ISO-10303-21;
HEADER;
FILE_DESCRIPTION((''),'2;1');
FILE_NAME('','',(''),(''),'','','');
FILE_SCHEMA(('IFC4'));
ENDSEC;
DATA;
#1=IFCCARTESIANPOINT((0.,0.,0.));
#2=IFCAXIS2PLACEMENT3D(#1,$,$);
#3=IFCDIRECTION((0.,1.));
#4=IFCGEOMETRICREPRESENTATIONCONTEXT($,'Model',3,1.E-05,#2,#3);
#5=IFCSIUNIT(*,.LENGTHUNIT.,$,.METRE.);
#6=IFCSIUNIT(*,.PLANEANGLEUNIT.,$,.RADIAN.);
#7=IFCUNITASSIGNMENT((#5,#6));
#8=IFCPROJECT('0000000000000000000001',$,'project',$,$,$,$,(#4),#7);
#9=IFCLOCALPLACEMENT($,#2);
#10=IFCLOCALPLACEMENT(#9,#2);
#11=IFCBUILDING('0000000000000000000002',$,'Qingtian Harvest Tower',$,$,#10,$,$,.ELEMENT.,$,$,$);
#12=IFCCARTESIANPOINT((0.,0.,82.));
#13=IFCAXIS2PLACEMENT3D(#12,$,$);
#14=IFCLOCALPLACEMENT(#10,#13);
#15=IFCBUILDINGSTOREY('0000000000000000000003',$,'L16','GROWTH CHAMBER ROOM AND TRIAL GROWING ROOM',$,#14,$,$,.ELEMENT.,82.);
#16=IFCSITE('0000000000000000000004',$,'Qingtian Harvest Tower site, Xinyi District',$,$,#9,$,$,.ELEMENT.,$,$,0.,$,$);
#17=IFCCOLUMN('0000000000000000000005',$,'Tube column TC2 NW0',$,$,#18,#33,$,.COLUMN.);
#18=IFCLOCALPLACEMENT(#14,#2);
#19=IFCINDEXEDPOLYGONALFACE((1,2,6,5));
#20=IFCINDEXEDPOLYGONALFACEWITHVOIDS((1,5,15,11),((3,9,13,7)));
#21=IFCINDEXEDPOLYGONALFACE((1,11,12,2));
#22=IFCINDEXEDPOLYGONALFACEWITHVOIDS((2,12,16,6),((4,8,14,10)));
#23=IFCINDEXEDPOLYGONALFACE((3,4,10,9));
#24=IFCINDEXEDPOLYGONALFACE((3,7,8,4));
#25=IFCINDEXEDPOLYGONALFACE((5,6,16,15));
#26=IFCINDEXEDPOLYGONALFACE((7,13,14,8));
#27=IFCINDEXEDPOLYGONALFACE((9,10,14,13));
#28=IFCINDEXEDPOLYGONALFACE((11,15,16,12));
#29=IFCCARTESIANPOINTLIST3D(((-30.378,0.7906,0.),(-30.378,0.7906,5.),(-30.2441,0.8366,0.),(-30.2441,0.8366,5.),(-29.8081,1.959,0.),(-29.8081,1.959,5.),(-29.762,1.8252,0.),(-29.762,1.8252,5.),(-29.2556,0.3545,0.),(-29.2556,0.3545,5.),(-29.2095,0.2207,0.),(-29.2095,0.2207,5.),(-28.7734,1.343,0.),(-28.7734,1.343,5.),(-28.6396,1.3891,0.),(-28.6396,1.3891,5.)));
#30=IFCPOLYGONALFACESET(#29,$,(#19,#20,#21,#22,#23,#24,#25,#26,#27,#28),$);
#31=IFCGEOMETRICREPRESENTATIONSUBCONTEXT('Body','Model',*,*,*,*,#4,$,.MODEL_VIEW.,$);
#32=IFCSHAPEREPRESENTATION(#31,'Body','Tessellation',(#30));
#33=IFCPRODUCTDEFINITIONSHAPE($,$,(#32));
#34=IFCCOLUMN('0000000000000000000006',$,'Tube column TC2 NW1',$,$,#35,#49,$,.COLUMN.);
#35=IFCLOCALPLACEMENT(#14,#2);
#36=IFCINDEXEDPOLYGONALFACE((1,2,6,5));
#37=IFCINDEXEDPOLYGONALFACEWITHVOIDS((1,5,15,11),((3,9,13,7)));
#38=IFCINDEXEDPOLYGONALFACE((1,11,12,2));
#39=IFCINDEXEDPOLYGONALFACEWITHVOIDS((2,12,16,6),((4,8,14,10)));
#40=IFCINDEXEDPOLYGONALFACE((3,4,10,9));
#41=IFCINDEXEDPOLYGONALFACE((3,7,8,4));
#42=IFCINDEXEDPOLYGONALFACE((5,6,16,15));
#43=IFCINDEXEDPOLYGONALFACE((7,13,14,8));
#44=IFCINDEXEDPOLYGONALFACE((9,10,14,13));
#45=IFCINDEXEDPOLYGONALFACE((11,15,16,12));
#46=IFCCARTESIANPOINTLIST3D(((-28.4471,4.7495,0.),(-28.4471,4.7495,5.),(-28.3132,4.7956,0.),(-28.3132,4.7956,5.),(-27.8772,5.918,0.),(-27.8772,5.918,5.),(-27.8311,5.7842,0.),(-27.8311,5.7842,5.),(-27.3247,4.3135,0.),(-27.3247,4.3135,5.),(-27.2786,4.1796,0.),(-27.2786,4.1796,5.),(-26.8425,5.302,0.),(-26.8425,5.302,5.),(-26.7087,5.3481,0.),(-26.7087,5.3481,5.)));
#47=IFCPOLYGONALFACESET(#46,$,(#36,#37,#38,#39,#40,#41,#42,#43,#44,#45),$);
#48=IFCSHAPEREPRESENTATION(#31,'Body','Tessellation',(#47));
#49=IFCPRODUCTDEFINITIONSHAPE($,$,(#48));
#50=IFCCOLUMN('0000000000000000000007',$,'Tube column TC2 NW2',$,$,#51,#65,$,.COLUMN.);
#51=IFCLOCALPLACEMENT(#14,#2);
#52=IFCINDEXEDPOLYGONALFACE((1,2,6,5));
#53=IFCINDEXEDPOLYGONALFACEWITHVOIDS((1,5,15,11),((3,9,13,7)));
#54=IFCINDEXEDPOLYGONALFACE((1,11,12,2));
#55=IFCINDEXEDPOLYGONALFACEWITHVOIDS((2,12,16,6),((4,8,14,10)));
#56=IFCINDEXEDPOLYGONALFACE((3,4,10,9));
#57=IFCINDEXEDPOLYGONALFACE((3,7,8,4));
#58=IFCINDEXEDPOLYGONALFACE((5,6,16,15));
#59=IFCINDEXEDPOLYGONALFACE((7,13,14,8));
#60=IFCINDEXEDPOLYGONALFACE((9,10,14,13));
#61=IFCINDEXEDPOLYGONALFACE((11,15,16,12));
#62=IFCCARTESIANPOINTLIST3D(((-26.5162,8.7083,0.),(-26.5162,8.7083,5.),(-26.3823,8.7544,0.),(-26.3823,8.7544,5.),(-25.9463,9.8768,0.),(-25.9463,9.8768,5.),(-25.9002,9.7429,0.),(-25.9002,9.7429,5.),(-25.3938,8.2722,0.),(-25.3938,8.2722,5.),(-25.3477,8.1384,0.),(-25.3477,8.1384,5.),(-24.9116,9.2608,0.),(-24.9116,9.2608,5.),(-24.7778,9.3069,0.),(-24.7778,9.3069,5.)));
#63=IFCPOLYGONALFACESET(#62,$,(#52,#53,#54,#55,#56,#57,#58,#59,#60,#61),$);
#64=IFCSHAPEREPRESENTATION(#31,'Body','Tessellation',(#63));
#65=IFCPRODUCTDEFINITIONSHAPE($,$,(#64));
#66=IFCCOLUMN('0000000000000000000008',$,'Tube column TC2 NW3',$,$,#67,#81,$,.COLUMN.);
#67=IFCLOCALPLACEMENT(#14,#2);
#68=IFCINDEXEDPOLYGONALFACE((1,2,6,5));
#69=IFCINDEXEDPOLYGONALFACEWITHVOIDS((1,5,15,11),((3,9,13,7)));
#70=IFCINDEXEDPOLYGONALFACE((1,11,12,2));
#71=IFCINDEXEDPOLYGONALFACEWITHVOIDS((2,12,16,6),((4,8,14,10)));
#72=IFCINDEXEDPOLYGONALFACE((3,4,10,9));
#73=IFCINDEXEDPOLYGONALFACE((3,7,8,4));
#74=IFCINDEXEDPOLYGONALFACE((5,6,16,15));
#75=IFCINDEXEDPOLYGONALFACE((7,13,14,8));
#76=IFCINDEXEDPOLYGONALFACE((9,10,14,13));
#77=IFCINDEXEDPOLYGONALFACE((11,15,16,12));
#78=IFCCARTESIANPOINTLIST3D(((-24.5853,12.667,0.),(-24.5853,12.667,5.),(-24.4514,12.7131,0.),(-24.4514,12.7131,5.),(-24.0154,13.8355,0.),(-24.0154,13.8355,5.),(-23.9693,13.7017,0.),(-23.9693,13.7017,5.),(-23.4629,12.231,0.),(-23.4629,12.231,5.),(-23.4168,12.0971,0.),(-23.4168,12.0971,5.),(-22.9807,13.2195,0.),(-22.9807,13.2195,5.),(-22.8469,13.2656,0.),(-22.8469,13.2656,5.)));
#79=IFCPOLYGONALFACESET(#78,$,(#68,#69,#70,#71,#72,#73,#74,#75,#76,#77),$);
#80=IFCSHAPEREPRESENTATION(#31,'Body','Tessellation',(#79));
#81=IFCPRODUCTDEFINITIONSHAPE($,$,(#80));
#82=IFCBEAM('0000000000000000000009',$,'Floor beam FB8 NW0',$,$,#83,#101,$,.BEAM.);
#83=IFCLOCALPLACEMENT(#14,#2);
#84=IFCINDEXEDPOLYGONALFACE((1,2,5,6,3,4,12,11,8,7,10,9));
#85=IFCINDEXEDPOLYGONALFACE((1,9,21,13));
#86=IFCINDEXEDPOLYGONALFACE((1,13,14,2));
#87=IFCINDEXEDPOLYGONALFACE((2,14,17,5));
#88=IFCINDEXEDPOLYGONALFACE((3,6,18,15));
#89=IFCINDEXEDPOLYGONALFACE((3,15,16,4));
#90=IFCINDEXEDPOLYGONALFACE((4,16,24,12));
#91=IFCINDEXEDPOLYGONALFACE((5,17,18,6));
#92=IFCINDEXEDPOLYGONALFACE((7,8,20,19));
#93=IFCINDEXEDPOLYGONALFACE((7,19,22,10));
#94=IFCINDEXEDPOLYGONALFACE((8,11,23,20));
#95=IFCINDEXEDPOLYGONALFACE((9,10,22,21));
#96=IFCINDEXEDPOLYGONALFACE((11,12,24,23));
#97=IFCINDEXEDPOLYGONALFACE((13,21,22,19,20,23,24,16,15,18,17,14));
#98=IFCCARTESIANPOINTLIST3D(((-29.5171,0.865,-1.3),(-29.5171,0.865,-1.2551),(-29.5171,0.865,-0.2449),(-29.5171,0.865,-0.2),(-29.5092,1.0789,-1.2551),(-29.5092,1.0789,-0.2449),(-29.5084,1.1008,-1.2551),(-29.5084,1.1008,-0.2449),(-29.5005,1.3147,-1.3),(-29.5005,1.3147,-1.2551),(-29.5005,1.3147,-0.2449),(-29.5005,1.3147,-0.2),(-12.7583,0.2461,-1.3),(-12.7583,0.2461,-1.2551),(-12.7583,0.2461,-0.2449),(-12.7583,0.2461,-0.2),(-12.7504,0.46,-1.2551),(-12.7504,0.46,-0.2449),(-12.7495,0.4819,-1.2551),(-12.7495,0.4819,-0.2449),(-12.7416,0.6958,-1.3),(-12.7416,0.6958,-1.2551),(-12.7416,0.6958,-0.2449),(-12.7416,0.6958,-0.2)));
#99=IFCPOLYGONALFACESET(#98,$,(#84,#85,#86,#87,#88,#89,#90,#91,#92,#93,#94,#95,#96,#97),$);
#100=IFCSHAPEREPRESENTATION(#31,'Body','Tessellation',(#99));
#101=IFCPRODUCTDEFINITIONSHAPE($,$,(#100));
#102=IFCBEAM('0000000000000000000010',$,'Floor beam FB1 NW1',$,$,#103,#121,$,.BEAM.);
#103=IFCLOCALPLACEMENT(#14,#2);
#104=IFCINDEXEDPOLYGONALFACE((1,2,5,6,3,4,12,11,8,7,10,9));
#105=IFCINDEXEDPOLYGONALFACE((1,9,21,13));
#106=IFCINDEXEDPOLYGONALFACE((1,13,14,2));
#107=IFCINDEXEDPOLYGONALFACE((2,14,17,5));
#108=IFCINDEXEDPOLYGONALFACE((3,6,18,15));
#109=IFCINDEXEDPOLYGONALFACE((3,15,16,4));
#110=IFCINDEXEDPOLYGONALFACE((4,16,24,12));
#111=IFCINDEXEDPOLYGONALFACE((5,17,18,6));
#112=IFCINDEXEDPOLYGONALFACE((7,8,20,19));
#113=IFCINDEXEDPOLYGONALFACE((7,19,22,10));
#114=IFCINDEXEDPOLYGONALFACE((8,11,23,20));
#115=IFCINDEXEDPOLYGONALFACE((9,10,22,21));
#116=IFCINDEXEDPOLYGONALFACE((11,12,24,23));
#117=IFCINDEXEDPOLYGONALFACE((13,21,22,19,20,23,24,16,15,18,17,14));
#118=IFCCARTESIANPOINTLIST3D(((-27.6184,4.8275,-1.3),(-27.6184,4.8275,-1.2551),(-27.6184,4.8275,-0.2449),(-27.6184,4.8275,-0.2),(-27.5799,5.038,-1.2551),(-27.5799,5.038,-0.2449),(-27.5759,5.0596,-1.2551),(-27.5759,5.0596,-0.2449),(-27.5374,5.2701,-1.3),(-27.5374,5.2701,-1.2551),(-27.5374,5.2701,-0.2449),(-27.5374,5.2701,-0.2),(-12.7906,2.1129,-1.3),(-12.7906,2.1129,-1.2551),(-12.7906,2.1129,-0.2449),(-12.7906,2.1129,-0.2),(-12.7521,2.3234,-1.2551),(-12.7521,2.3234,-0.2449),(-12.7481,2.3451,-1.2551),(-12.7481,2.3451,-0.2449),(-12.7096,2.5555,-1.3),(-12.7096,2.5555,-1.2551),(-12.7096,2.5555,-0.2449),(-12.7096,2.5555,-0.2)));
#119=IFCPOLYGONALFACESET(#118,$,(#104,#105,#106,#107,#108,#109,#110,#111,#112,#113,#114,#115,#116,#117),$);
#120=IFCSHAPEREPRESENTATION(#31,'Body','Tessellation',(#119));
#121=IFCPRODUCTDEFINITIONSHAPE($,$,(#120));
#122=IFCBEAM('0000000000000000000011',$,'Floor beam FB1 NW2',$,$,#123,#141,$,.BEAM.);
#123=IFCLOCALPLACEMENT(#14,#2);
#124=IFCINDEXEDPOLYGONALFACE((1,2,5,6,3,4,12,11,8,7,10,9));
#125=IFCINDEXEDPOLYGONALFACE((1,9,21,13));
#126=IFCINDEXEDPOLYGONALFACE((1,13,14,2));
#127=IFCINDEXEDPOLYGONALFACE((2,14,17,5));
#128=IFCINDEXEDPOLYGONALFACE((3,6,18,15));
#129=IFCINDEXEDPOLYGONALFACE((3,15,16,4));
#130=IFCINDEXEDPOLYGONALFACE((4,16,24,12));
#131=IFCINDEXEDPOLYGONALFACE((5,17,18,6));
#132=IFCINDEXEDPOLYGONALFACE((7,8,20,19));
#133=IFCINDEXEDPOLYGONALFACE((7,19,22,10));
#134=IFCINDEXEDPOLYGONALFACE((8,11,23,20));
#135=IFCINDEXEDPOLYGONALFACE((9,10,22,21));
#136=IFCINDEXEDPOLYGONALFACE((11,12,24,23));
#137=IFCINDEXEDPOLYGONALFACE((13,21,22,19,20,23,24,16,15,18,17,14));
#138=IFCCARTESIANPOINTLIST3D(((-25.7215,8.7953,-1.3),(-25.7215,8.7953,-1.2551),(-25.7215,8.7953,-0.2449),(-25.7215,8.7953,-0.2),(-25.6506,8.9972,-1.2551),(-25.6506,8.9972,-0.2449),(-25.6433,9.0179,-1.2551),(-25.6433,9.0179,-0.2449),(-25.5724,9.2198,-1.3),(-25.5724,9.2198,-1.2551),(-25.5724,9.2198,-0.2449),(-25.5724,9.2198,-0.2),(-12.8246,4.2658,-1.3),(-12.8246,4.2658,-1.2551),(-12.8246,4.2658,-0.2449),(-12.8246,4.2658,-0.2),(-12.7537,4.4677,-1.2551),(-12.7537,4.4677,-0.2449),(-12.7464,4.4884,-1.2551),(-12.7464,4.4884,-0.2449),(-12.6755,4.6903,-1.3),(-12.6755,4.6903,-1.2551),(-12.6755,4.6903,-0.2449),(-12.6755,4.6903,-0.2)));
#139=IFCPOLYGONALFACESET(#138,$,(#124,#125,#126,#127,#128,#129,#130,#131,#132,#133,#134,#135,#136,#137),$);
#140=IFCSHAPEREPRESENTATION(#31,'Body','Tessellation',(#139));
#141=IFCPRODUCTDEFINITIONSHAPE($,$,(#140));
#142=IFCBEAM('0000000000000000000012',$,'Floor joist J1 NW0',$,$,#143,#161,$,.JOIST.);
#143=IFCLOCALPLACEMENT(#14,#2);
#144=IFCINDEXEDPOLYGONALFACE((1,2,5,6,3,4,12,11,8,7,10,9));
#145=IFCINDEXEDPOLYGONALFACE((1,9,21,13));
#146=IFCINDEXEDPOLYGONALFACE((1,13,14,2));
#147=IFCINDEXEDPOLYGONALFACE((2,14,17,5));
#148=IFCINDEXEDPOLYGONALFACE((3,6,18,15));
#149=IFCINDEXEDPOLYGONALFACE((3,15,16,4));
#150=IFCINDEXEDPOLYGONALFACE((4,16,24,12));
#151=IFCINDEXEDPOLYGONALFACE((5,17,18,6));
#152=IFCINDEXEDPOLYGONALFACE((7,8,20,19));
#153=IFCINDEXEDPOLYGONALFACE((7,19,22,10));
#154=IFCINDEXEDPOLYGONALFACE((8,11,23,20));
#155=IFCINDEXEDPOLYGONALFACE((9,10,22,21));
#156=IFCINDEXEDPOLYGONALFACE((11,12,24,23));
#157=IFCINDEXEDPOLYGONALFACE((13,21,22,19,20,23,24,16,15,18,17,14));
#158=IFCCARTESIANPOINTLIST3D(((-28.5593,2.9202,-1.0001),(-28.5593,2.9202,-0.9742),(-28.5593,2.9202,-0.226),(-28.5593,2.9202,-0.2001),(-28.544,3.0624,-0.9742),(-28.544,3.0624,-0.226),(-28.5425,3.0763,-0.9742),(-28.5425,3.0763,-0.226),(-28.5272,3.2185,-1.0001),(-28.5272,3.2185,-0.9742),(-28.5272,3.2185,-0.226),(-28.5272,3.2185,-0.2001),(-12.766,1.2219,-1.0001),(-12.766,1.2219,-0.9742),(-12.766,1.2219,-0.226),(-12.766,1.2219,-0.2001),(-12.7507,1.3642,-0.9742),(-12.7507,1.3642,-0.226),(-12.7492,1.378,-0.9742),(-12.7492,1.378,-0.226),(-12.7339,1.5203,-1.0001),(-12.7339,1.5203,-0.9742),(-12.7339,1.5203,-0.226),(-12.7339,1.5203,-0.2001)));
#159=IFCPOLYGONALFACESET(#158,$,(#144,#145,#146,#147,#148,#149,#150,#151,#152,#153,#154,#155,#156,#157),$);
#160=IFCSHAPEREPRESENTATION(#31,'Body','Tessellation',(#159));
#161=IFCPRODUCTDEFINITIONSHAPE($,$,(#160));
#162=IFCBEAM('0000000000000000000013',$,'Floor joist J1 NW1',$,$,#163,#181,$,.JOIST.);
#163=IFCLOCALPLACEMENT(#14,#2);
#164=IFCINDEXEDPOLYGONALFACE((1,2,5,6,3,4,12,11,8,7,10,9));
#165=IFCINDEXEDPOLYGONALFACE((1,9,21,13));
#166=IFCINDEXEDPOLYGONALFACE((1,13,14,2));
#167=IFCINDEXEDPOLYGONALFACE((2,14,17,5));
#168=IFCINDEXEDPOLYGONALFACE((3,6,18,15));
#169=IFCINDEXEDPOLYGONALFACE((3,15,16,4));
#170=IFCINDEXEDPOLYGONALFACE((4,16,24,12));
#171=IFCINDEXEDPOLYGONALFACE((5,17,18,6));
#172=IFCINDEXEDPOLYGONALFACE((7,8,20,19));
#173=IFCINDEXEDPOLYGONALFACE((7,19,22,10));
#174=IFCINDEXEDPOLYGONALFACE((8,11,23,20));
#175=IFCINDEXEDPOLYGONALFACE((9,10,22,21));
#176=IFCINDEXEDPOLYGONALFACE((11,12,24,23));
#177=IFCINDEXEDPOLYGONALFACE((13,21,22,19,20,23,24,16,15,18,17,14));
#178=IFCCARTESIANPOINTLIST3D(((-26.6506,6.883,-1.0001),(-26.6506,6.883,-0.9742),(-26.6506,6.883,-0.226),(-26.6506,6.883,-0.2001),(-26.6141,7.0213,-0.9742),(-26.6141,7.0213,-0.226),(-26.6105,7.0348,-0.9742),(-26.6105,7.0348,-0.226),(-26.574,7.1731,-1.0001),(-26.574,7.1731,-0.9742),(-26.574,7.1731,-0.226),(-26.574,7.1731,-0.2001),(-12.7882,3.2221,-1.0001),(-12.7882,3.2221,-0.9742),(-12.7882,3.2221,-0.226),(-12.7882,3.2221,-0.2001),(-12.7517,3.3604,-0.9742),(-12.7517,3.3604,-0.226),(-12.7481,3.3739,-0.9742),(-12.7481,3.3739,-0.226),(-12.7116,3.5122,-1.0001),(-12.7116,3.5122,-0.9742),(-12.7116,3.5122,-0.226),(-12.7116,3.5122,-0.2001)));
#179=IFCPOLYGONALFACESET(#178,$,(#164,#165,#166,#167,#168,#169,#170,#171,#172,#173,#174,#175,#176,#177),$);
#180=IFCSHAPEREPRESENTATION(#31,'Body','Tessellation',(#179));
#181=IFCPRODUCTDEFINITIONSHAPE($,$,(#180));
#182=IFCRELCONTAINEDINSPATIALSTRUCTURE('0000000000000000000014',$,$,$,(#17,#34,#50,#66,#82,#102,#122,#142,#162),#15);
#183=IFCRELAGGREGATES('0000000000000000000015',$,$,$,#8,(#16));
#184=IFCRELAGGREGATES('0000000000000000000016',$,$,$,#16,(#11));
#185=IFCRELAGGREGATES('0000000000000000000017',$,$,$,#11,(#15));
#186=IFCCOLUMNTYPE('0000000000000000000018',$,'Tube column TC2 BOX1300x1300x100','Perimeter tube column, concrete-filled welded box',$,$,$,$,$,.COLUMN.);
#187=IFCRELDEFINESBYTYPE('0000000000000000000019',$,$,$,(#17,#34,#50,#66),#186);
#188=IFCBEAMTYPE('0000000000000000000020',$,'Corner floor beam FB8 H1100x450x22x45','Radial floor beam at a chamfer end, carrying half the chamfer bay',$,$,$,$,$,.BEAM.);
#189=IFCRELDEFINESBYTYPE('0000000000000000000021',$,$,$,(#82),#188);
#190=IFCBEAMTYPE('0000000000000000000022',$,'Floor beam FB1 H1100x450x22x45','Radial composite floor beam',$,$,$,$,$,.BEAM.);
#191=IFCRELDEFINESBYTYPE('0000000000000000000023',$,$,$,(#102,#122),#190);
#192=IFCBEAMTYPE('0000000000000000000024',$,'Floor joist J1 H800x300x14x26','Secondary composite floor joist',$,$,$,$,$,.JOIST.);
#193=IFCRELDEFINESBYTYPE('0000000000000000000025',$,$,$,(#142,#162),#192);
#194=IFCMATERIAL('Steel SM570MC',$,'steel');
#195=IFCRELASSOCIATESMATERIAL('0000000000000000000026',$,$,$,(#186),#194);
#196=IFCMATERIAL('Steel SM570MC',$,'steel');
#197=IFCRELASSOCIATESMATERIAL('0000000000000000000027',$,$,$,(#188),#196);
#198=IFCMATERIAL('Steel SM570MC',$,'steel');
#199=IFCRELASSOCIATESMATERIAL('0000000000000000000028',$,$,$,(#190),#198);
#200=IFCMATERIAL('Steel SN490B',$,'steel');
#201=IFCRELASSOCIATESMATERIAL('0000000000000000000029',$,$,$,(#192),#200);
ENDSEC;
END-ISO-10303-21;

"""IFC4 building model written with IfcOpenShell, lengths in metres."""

from ifc_helpers import new_model, si_unit, direction, frame, origin, origin_2d, place, context, subcontext, project, spatial, hollow_rectangle, i_section, extrude, material, material_profile, profile_set, type_object, element, save


model = new_model("IFC4")

# Units and contexts
model_context = context("Model", 3, precision=1e-05, world=origin(), true_north=direction((0.0, 1.0)))
body_context = subcontext(model_context, "Body", "Model", "MODEL_VIEW")
ifc_project = project(units=[si_unit("LENGTHUNIT", "METRE"), si_unit("PLANEANGLEUNIT", "RADIAN")], contexts=[model_context])

# Site, building, storey
site_placement = place(None, origin())
site = spatial("IfcSite", under=ifc_project, at=site_placement, Name="Qingtian Harvest Tower site, Xinyi District", CompositionType="ELEMENT", RefElevation=0.0)
building_placement = place(site_placement, origin())
building = spatial("IfcBuilding", under=site, at=building_placement, Name="Qingtian Harvest Tower", CompositionType="ELEMENT")
storey_placement = place(building_placement, frame((0.0, 0.0, 82.0)))
storey = spatial("IfcBuildingStorey", under=building, at=storey_placement, Name="L16", Description="GROWTH CHAMBER ROOM AND TRIAL GROWING ROOM", CompositionType="ELEMENT", Elevation=82.0)

# Columns
ifc_material_1 = material(Name="Steel SM570MC", Category="steel")
ifc_material_profile_1 = material_profile(ifc_material_1, hollow_rectangle(XDim=1.3, YDim=1.3, WallThickness=0.1001, at=origin_2d()), Name="BOX1300x1300x100")
ifc_profile_set_1 = profile_set([ifc_material_profile_1], Name="Steel SM570MC")
column_type = type_object("IfcColumnType", Name="Tube column TC2 BOX1300x1300x100", Description="Perimeter tube column, concrete-filled welded box", PredefinedType="COLUMN", material=ifc_profile_set_1)
for number, where, z_axis, x_axis, name in (
    (1, (-29.5088, 1.0898, 0.0), (0.0, 0.0, 1.0), (-0.438371, -0.898794, 0.0), "Tube column TC2 NW0"),
    (2, (-27.5779, 5.0488, 0.0), (0.0, 0.0, 1.0), (-0.438371, -0.898794, 0.0), "Tube column TC2 NW1"),
    (3, (-25.647, 9.0076, 0.0), (0.0, 0.0, 1.0), (-0.438371, -0.898794, 0.0), "Tube column TC2 NW2"),
    (4, (-23.7161, 12.9663, 0.0), (0.0, 0.0, 1.0), (-0.438371, -0.898794, 0.0), "Tube column TC2 NW3"),
):
    element("IfcColumn", number, at=place(storey_placement, frame(where, z_axis=z_axis, x_axis=x_axis)), inside=storey, type_object=column_type, Name=name, PredefinedType="COLUMN", context=body_context, shape_type="SweptSolid", body=[
        extrude(hollow_rectangle(XDim=1.3, YDim=1.3, WallThickness=0.1001, at=origin_2d()), origin(), (0.0, 0.0, 1.0), 5.0),
    ])

# Beams
ifc_material_2 = material(Name="Steel SM570MC", Category="steel")
ifc_material_profile_2 = material_profile(ifc_material_2, i_section(OverallWidth=0.45, OverallDepth=1.1001, WebThickness=0.022, FlangeThickness=0.0449, at=origin_2d()), Name="H1100x450x22x45")
ifc_profile_set_2 = profile_set([ifc_material_profile_2], Name="Steel SM570MC")
beam_type_1 = type_object("IfcBeamType", Name="Corner floor beam FB8 H1100x450x22x45", Description="Radial floor beam at a chamfer end, carrying half the chamfer bay", PredefinedType="BEAM", material=ifc_profile_set_2)
beam_1_placement = place(storey_placement, frame((-29.5088, 1.0898, -0.75), z_axis=(0.999319, -0.036905, 0.0), x_axis=(0.036905, 0.999319, 0.0)))
element("IfcBeam", 5, at=beam_1_placement, inside=storey, type_object=beam_type_1, Name="Floor beam FB8 NW0", PredefinedType="BEAM", context=body_context, shape_type="SweptSolid", body=[
    extrude(i_section(OverallWidth=0.45, OverallDepth=1.1001, WebThickness=0.022, FlangeThickness=0.0449, at=origin_2d()), origin(), (0.0, 0.0, 1.0), 16.7703),
])
ifc_material_3 = material(Name="Steel SM570MC", Category="steel")
ifc_material_profile_3 = material_profile(ifc_material_3, i_section(OverallWidth=0.45, OverallDepth=1.1001, WebThickness=0.022, FlangeThickness=0.0449, at=origin_2d()), Name="H1100x450x22x45")
ifc_profile_set_3 = profile_set([ifc_material_profile_3], Name="Steel SM570MC")
beam_type_2 = type_object("IfcBeamType", Name="Floor beam FB1 H1100x450x22x45", Description="Radial composite floor beam", PredefinedType="BEAM", material=ifc_profile_set_3)
beam_2_placement = place(storey_placement, frame((-27.5779, 5.0488, -0.75), z_axis=(0.983652, -0.180081, 0.0), x_axis=(0.180081, 0.983652, 0.0)))
element("IfcBeam", 6, at=beam_2_placement, inside=storey, type_object=beam_type_2, Name="Floor beam FB1 NW1", PredefinedType="BEAM", context=body_context, shape_type="SweptSolid", body=[
    extrude(i_section(OverallWidth=0.45, OverallDepth=1.1001, WebThickness=0.022, FlangeThickness=0.0449, at=origin_2d()), origin(), (0.0, 0.0, 1.0), 15.0742),
])
beam_3_placement = place(storey_placement, frame((-25.647, 9.0076, -0.75), z_axis=(0.943502, -0.331367, 0.0), x_axis=(0.331367, 0.943502, 0.0)))
element("IfcBeam", 7, at=beam_3_placement, inside=storey, type_object=beam_type_2, Name="Floor beam FB1 NW2", PredefinedType="BEAM", context=body_context, shape_type="SweptSolid", body=[
    extrude(i_section(OverallWidth=0.45, OverallDepth=1.1001, WebThickness=0.022, FlangeThickness=0.0449, at=origin_2d()), origin(), (0.0, 0.0, 1.0), 13.6692),
])
ifc_material_4 = material(Name="Steel SN490B", Category="steel")
ifc_material_profile_4 = material_profile(ifc_material_4, i_section(OverallWidth=0.3, OverallDepth=0.8, WebThickness=0.0139, FlangeThickness=0.0259, at=origin_2d()), Name="H800x300x14x26")
ifc_profile_set_4 = profile_set([ifc_material_profile_4], Name="Steel SN490B")
beam_type_3 = type_object("IfcBeamType", Name="Floor joist J1 H800x300x14x26", Description="Secondary composite floor joist", PredefinedType="JOIST", material=ifc_profile_set_4)
beam_4_placement = place(storey_placement, frame((-28.5432, 3.0693, -0.6001), z_axis=(0.994268, -0.106914, 0.0), x_axis=(0.106914, 0.994268, 0.0)))
element("IfcBeam", 8, at=beam_4_placement, inside=storey, type_object=beam_type_3, Name="Floor joist J1 NW0", PredefinedType="JOIST", context=body_context, shape_type="SweptSolid", body=[
    extrude(i_section(OverallWidth=0.3, OverallDepth=0.8, WebThickness=0.0139, FlangeThickness=0.0259, at=origin_2d()), origin(), (0.0, 0.0, 1.0), 15.8843),
])
beam_5_placement = place(storey_placement, frame((-26.6123, 7.0281, -0.6001), z_axis=(0.966852, -0.255336, 0.0), x_axis=(0.255336, 0.966852, 0.0)))
element("IfcBeam", 9, at=beam_5_placement, inside=storey, type_object=beam_type_3, Name="Floor joist J1 NW1", PredefinedType="JOIST", context=body_context, shape_type="SweptSolid", body=[
    extrude(i_section(OverallWidth=0.3, OverallDepth=0.8, WebThickness=0.0139, FlangeThickness=0.0259, at=origin_2d()), origin(), (0.0, 0.0, 1.0), 14.3376),
])

save(model, "model.ifc")
